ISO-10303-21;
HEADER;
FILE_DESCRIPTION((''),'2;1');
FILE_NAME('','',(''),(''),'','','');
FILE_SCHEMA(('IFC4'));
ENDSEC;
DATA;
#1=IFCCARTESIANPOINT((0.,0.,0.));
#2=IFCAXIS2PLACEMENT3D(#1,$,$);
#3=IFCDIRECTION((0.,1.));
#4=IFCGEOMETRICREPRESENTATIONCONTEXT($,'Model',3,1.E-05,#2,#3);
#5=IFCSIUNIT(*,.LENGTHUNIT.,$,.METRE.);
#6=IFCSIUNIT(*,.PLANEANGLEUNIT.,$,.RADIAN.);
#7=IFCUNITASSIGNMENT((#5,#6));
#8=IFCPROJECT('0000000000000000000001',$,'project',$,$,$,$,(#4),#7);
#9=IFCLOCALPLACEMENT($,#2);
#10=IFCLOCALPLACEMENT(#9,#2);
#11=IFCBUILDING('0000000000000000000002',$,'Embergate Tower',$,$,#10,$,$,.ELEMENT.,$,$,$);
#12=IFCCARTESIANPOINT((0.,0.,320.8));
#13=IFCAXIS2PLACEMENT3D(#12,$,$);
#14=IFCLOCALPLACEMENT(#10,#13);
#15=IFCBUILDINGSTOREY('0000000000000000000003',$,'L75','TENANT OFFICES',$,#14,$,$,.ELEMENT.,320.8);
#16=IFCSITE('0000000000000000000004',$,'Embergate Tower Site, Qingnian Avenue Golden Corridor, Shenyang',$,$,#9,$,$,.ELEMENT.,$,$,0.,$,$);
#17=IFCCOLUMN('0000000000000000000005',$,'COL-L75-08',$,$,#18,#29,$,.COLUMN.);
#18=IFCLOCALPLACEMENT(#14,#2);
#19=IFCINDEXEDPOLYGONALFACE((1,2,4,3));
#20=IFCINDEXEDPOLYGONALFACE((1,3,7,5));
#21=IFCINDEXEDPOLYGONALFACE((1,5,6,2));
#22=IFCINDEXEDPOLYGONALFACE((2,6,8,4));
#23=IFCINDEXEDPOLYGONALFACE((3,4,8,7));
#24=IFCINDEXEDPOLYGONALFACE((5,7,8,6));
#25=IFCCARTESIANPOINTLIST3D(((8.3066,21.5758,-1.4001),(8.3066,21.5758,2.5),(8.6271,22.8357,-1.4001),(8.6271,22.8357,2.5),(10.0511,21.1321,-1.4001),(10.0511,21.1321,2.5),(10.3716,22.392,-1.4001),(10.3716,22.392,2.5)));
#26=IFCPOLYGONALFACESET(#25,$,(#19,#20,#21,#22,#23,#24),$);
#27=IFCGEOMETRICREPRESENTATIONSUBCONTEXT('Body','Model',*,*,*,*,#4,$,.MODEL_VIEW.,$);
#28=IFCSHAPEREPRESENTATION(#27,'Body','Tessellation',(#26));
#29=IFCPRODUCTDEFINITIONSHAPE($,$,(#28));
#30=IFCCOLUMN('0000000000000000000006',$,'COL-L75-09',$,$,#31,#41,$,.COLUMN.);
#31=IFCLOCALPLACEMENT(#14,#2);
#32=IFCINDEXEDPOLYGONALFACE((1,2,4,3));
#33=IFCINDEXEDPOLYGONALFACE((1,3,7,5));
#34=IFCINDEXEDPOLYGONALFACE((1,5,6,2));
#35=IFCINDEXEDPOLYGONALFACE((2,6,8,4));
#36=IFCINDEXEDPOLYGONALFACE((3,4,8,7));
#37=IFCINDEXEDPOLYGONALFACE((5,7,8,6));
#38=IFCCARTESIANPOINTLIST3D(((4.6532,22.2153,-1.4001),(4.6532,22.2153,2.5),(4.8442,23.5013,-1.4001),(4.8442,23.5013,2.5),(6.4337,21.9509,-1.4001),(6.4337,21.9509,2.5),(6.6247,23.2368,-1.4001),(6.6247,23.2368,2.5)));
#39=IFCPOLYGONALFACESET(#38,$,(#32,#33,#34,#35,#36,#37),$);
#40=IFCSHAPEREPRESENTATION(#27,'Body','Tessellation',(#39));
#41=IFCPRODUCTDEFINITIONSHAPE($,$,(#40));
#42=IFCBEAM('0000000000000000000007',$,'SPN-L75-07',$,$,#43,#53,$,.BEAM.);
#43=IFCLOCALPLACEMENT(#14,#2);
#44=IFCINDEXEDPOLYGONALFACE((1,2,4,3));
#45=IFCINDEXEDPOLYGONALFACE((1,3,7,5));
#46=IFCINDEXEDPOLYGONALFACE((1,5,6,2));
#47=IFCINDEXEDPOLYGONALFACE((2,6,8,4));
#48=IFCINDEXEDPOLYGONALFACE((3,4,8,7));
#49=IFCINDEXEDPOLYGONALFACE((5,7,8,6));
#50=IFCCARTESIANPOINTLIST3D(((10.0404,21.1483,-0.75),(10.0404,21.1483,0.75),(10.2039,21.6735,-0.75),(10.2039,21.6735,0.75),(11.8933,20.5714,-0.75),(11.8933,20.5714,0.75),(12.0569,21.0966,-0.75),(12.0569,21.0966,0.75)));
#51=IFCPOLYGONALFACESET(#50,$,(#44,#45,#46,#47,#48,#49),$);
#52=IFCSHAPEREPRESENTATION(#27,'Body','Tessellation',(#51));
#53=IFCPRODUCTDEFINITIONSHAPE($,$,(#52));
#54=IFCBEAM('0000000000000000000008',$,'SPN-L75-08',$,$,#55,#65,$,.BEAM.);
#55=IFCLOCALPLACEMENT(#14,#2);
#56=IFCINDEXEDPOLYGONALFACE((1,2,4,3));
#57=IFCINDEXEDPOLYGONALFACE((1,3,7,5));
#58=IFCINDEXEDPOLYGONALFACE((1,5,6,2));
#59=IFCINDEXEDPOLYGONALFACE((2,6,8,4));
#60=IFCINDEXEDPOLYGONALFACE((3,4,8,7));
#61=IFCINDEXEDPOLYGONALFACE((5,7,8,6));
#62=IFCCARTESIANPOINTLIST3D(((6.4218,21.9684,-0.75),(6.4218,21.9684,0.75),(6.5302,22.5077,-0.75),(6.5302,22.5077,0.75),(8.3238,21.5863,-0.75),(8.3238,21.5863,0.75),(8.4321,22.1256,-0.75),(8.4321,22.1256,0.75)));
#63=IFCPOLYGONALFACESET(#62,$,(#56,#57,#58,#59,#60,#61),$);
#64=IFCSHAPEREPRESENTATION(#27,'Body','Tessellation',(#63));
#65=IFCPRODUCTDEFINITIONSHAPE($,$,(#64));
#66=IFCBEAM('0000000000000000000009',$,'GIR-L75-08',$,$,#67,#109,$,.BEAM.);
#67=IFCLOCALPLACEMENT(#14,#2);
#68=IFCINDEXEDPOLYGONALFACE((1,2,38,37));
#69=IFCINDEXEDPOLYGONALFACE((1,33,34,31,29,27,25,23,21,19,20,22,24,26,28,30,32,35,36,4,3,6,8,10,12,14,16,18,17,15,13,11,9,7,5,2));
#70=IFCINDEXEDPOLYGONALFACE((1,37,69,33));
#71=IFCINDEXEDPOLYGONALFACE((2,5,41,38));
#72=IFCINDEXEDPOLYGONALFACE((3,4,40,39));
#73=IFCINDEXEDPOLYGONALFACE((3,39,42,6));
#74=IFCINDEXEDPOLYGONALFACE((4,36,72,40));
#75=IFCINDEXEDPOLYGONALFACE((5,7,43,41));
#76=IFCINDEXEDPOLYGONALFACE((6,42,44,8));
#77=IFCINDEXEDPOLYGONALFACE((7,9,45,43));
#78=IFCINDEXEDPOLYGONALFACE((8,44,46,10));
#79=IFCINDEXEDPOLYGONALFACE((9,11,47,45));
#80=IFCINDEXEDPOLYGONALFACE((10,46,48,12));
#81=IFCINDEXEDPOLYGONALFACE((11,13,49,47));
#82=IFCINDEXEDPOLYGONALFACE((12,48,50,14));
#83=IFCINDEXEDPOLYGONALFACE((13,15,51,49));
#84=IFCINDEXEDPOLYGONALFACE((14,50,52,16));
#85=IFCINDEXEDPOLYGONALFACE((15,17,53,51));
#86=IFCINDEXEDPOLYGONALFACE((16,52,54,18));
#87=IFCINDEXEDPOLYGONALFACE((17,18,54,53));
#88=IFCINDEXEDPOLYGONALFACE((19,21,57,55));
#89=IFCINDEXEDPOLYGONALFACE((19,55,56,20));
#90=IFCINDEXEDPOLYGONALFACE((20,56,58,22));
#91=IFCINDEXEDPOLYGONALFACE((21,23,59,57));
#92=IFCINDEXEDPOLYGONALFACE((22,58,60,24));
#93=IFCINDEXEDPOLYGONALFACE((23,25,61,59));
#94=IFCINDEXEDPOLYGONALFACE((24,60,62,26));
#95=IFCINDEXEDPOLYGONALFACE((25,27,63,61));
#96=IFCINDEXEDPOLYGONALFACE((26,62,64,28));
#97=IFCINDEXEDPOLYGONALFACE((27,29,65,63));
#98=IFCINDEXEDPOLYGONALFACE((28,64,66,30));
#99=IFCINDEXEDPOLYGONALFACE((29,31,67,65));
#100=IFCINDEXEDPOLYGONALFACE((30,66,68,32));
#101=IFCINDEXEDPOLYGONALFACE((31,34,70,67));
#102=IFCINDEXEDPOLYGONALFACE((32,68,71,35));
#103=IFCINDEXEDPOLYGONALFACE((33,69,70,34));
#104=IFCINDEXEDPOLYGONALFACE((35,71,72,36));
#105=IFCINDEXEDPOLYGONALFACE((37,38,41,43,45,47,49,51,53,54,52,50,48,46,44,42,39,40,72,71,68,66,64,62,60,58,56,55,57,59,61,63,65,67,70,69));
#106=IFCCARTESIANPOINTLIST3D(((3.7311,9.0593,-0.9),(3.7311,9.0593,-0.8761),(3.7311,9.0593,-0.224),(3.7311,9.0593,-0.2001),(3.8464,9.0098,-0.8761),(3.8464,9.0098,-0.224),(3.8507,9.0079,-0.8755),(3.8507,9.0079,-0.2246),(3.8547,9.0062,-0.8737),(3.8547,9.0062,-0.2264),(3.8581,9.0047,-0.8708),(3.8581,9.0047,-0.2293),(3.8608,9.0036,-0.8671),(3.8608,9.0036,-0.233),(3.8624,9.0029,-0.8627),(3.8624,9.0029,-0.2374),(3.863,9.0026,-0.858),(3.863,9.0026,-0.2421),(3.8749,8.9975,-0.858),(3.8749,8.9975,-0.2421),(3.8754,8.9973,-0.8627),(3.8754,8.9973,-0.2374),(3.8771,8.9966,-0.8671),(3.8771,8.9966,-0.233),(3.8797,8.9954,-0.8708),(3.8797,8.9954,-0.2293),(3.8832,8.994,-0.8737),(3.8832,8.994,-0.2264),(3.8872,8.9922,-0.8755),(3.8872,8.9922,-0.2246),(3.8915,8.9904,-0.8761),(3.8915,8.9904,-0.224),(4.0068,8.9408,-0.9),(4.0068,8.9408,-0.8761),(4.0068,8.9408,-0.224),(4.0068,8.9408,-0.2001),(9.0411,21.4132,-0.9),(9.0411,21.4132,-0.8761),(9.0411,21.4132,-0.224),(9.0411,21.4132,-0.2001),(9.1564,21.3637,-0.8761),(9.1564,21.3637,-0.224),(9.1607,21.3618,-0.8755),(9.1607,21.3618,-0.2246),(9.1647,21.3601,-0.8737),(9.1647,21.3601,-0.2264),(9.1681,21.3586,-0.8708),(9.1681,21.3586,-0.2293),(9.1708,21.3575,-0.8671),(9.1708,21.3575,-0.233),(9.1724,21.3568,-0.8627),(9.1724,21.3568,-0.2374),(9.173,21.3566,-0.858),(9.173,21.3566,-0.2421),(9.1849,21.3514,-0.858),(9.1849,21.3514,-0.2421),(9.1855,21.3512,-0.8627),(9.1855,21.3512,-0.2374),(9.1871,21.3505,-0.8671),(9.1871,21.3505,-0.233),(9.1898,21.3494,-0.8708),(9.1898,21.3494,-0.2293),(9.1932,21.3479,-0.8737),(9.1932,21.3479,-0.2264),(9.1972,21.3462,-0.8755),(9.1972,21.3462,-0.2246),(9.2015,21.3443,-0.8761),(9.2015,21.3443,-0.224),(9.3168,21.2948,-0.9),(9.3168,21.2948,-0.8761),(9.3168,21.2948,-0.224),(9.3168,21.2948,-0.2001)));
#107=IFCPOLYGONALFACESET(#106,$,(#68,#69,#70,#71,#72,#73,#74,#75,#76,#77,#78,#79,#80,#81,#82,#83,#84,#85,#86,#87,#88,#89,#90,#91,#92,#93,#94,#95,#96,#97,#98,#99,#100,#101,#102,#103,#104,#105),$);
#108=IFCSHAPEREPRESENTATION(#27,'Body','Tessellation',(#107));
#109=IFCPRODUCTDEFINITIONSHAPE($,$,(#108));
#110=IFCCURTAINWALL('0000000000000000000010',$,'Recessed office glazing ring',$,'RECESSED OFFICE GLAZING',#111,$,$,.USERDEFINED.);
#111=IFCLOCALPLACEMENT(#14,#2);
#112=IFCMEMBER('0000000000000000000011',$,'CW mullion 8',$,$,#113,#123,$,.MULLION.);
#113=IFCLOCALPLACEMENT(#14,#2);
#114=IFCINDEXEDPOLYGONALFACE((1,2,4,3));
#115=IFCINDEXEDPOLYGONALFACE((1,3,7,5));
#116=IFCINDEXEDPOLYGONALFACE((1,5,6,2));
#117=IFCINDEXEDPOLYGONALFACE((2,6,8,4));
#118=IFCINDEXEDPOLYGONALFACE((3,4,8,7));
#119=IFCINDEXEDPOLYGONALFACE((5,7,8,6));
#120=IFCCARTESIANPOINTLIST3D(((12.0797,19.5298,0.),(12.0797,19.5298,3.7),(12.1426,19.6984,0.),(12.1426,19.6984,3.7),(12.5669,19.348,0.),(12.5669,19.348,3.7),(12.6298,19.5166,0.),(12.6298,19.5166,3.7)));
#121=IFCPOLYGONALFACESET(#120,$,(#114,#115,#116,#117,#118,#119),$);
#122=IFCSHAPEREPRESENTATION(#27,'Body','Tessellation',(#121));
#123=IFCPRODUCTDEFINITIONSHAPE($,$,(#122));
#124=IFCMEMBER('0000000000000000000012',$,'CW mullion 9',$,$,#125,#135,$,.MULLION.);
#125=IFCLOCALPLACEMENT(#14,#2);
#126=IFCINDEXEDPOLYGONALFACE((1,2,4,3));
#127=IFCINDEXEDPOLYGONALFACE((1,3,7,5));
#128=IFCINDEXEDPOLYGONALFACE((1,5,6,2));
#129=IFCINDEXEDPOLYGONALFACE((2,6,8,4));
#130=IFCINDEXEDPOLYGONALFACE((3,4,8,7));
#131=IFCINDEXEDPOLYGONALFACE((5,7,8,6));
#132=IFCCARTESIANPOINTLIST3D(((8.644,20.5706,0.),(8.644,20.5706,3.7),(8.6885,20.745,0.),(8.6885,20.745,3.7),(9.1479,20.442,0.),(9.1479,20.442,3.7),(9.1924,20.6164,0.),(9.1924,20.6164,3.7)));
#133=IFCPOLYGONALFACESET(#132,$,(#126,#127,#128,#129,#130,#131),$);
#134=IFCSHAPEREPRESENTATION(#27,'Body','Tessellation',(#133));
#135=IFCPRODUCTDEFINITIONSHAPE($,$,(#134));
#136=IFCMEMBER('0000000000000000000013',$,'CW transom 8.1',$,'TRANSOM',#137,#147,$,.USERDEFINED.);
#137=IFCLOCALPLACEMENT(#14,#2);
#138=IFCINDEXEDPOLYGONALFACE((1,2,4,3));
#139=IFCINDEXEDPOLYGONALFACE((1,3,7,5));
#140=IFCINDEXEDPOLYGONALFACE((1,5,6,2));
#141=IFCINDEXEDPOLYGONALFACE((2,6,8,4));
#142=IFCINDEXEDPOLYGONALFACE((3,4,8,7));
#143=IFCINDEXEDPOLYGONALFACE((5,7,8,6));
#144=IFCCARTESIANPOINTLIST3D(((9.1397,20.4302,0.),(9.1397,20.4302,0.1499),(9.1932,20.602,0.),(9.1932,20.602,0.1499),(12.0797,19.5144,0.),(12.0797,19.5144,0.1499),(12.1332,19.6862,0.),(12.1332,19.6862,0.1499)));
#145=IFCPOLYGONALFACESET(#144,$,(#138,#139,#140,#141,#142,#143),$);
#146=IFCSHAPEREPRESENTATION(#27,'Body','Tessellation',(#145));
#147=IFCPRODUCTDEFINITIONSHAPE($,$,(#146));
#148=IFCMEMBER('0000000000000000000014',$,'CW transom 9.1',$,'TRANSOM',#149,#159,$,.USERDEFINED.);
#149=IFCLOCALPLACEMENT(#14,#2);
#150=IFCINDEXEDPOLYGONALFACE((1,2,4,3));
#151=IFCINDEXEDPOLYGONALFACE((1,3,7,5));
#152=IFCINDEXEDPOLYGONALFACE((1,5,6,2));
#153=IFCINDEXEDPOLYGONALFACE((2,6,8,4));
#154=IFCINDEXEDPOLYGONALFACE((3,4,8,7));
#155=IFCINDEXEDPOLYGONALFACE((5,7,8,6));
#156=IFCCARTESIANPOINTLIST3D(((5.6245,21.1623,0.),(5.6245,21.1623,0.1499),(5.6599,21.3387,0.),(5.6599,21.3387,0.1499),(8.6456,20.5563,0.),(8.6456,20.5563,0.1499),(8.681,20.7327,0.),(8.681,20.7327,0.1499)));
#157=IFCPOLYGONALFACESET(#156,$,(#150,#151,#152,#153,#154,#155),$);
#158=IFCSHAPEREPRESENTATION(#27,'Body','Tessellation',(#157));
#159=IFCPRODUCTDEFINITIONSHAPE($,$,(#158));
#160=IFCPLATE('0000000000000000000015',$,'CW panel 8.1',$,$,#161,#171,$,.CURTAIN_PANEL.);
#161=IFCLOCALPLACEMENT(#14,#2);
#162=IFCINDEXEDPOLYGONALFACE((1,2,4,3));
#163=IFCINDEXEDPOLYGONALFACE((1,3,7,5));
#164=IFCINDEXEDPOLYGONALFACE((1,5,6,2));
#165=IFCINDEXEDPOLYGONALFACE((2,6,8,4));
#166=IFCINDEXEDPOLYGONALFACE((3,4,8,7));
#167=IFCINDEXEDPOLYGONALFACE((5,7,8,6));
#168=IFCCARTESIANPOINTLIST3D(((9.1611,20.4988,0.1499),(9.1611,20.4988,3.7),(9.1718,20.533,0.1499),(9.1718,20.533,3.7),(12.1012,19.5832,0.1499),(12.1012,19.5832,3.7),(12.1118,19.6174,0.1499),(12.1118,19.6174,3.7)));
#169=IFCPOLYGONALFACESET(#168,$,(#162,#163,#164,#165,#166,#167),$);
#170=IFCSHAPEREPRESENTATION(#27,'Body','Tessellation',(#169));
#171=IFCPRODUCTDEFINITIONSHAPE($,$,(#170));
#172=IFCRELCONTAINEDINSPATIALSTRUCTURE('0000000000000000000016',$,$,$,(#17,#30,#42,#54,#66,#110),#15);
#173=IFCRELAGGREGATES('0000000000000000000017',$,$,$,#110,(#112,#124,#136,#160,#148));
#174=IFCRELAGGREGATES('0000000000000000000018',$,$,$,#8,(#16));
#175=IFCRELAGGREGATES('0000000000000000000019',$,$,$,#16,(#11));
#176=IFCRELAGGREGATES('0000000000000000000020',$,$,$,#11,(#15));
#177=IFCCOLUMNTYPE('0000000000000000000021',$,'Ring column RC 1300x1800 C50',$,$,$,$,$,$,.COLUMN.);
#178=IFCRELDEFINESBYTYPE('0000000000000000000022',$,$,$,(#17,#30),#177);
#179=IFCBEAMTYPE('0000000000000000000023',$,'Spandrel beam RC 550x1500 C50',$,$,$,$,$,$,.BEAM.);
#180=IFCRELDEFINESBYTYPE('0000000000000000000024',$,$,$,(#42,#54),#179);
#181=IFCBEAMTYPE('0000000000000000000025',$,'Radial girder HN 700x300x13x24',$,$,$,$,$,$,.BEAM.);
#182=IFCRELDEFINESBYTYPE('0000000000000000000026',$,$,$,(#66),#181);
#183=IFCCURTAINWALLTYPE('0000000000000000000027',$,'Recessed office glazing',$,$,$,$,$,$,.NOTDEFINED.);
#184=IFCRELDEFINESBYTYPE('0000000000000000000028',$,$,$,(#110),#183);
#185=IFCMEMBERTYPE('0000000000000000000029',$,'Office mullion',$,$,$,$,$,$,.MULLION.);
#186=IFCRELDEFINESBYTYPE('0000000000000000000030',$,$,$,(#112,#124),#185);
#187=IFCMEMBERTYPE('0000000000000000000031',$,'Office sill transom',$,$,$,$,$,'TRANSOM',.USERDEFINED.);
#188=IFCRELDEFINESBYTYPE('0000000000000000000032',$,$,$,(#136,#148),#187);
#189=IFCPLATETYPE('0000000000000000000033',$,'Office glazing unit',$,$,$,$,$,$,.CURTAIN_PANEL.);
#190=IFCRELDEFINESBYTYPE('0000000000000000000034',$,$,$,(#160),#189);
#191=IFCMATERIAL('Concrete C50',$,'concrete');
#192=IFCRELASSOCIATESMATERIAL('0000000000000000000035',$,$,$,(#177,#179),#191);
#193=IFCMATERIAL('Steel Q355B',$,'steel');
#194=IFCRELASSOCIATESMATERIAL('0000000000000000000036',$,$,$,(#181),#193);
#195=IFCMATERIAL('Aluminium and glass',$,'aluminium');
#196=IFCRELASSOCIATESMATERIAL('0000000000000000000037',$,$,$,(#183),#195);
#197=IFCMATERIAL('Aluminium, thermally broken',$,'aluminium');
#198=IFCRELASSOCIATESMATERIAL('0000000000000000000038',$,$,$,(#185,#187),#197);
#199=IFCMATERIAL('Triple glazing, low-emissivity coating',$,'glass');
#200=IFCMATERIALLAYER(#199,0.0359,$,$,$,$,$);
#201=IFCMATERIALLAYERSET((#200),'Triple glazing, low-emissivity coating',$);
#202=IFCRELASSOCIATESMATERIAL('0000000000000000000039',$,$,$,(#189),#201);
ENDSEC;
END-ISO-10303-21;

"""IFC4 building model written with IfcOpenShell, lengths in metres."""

from ifc_helpers import new_model, si_unit, direction, frame, origin, origin_2d, place, context, subcontext, project, spatial, rectangle, i_section, extrude, source, transform, mapped, material, layer, layer_set, material_profile, profile_set, type_object, element, aggregate, save


model = new_model("IFC4")

# Units and contexts
model_context = context("Model", 3, precision=1e-05, world=origin(), true_north=direction((0.0, 1.0)))
body_context = subcontext(model_context, "Body", "Model", "MODEL_VIEW")
ifc_project = project(units=[si_unit("LENGTHUNIT", "METRE"), si_unit("PLANEANGLEUNIT", "RADIAN")], contexts=[model_context])

# Site, building, storey
site_placement = place(None, origin())
site = spatial("IfcSite", under=ifc_project, at=site_placement, Name="Embergate Tower Site, Qingnian Avenue Golden Corridor, Shenyang", CompositionType="ELEMENT", RefElevation=0.0)
building_placement = place(site_placement, origin())
building = spatial("IfcBuilding", under=site, at=building_placement, Name="Embergate Tower", CompositionType="ELEMENT")
storey_placement = place(building_placement, frame((0.0, 0.0, 320.8)))
storey = spatial("IfcBuildingStorey", under=building, at=storey_placement, Name="L75", Description="TENANT OFFICES", CompositionType="ELEMENT", Elevation=320.8)

# Columns
ifc_material_1 = material(Name="Concrete C50", Category="concrete")
ifc_material_profile_1 = material_profile(ifc_material_1, rectangle(XDim=1.3, YDim=1.8, at=origin_2d()), Name="RC 1300x1800")
ifc_profile_set_1 = profile_set([ifc_material_profile_1], Name="Concrete C50")
column_type = type_object("IfcColumnType", Name="Ring column RC 1300x1800 C50", PredefinedType="COLUMN", material=ifc_profile_set_1)
shared_shape_1 = source(origin(), body_context, "Body", "SweptSolid", [
    extrude(rectangle(XDim=1.3, YDim=1.8, at=origin_2d()), origin(), (0.0, 0.0, 1.0), 3.9001),
])
for number, where, z_axis, x_axis, name in (
    (1, (9.3391, 21.9839, -1.4001), (0.0, 0.0, 1.0), (0.246509, 0.969141, 0.0), "COL-L75-08"),
    (2, (5.6389, 22.7261, -1.4001), (0.0, 0.0, 1.0), (0.146929, 0.989147, 0.0), "COL-L75-09"),
):
    element("IfcColumn", number, at=place(storey_placement, frame(where, z_axis=z_axis, x_axis=x_axis)), inside=storey, type_object=column_type, Name=name, PredefinedType="COLUMN", context=body_context, shape_type="MappedRepresentation", body=[
        mapped(shared_shape_1, transform((0.0, 0.0, 0.0))),
    ])

# Beams
ifc_material_profile_2 = material_profile(ifc_material_1, rectangle(XDim=0.55, YDim=1.5, at=origin_2d()), Name="RC 550x1500")
ifc_profile_set_2 = profile_set([ifc_material_profile_2], Name="Concrete C50")
beam_type_1 = type_object("IfcBeamType", Name="Spandrel beam RC 550x1500 C50", PredefinedType="BEAM", material=ifc_profile_set_2)
shared_shape_2 = source(origin(), body_context, "Body", "SweptSolid", [
    extrude(rectangle(XDim=0.55, YDim=1.5, at=origin_2d()), origin(), (0.0, 0.0, 1.0), 1.9407),
])
beam_1_placement = place(storey_placement, frame((11.9751, 20.834, 0.0), z_axis=(-0.954797, 0.297258, 0.0), x_axis=(-0.297258, -0.954797, 0.0)))
element("IfcBeam", 3, at=beam_1_placement, inside=storey, type_object=beam_type_1, Name="SPN-L75-07", PredefinedType="BEAM", context=body_context, shape_type="MappedRepresentation", body=[
    mapped(shared_shape_2, transform((0.0, 0.0, 0.0))),
])
shared_shape_3 = source(origin(), body_context, "Body", "SweptSolid", [
    extrude(rectangle(XDim=0.55, YDim=1.5, at=origin_2d()), origin(), (0.0, 0.0, 1.0), 1.9399),
])
beam_2_placement = place(storey_placement, frame((8.3779, 21.856, 0.0), z_axis=(-0.980411, 0.196963, 0.0), x_axis=(-0.196963, -0.980411, 0.0)))
element("IfcBeam", 4, at=beam_2_placement, inside=storey, type_object=beam_type_1, Name="SPN-L75-08", PredefinedType="BEAM", context=body_context, shape_type="MappedRepresentation", body=[
    mapped(shared_shape_3, transform((0.0, 0.0, 0.0))),
])
ifc_material_2 = material(Name="Steel Q355B", Category="steel")
ifc_material_profile_3 = material_profile(ifc_material_2, i_section(OverallWidth=0.3, OverallDepth=0.7, WebThickness=0.0129, FlangeThickness=0.0239, FilletRadius=0.0181, at=origin_2d()), Name="HN 700x300x13x24")
ifc_profile_set_3 = profile_set([ifc_material_profile_3], Name="Steel Q355 grade B")
beam_type_2 = type_object("IfcBeamType", Name="Radial girder HN 700x300x13x24", PredefinedType="BEAM", material=ifc_profile_set_3)
shared_shape_4 = source(origin(), body_context, "Body", "SweptSolid", [
    extrude(i_section(OverallWidth=0.3, OverallDepth=0.7, WebThickness=0.0129, FlangeThickness=0.0239, FilletRadius=0.0181, at=origin_2d()), origin(), (0.0, 0.0, 1.0), 13.4468),
])
beam_3_placement = place(storey_placement, frame((9.179, 21.354, -0.55), z_axis=(-0.394892, -0.918728, 0.0), x_axis=(0.918728, -0.394892, 0.0)))
element("IfcBeam", 5, at=beam_3_placement, inside=storey, type_object=beam_type_2, Name="GIR-L75-08", PredefinedType="BEAM", context=body_context, shape_type="MappedRepresentation", body=[
    mapped(shared_shape_4, transform((0.0, 0.0, 0.0))),
])

# Curtain wall, members, plate
ifc_material_3 = material(Name="Aluminium and glass", Category="aluminium")
curtain_wall_type = type_object("IfcCurtainWallType", Name="Recessed office glazing", PredefinedType="NOTDEFINED", material=ifc_material_3)
curtain_wall_placement = place(storey_placement, origin())
curtain_wall = element("IfcCurtainWall", 6, at=curtain_wall_placement, inside=storey, type_object=curtain_wall_type, Name="Recessed office glazing ring", ObjectType="RECESSED OFFICE GLAZING", PredefinedType="USERDEFINED")
ifc_material_4 = material(Name="Aluminium, thermally broken", Category="aluminium")
ifc_material_profile_4 = material_profile(ifc_material_4, rectangle(XDim=0.1799, YDim=0.52, at=origin_2d()), Name="AL 520x180")
ifc_profile_set_4 = profile_set([ifc_material_profile_4], Name="Aluminium, thermally broken")
member_type_1 = type_object("IfcMemberType", Name="Office mullion", PredefinedType="MULLION", material=ifc_profile_set_4)
shared_shape_5 = source(origin(), body_context, "Body", "SweptSolid", [
    extrude(rectangle(XDim=0.1799, YDim=0.52, at=origin_2d()), origin(), (0.0, 0.0, 1.0), 3.7),
])
member_1_placement = place(storey_placement, frame((12.3547, 19.5232, 0.0), z_axis=(0.0, 0.0, 1.0), x_axis=(-0.349501, -0.936936, 0.0)))
member_1 = element("IfcMember", 7, at=member_1_placement, type_object=member_type_1, Name="CW mullion 8", PredefinedType="MULLION", context=body_context, shape_type="MappedRepresentation", body=[
    mapped(shared_shape_5, transform((0.0, 0.0, 0.0))),
])
member_2_placement = place(storey_placement, frame((8.9182, 20.5935, 0.0), z_axis=(0.0, 0.0, 1.0), x_axis=(-0.247312, -0.968936, 0.0)))
member_2 = element("IfcMember", 8, at=member_2_placement, type_object=member_type_1, Name="CW mullion 9", PredefinedType="MULLION", context=body_context, shape_type="MappedRepresentation", body=[
    mapped(shared_shape_5, transform((0.0, 0.0, 0.0))),
])
ifc_material_profile_5 = material_profile(ifc_material_4, rectangle(XDim=0.1799, YDim=0.1499, at=origin_2d()), Name="AL 150x180")
ifc_profile_set_5 = profile_set([ifc_material_profile_5], Name="Aluminium, thermally broken")
member_type_2 = type_object("IfcMemberType", Name="Office sill transom", ElementType="TRANSOM", PredefinedType="USERDEFINED", material=ifc_profile_set_5)
shared_shape_6 = source(origin(), body_context, "Body", "SweptSolid", [
    extrude(rectangle(XDim=0.1799, YDim=0.1499, at=origin_2d()), origin(), (0.0, 0.0, 1.0), 3.0793),
])
member_3_placement = place(storey_placement, frame((12.1064, 19.6003, 0.075), z_axis=(-0.954753, 0.297399, 0.0), x_axis=(-0.297399, -0.954753, 0.0)))
member_3 = element("IfcMember", 9, at=member_3_placement, type_object=member_type_2, Name="CW transom 8.1", ObjectType="TRANSOM", PredefinedType="USERDEFINED", context=body_context, shape_type="MappedRepresentation", body=[
    mapped(shared_shape_6, transform((0.0, 0.0, 0.0))),
])
shared_shape_7 = source(origin(), body_context, "Body", "SweptSolid", [
    extrude(rectangle(XDim=0.1799, YDim=0.1499, at=origin_2d()), origin(), (0.0, 0.0, 1.0), 3.0813),
])
member_4_placement = place(storey_placement, frame((8.6633, 20.6445, 0.075), z_axis=(-0.980474, 0.196649, 0.0), x_axis=(-0.196649, -0.980474, 0.0)))
member_4 = element("IfcMember", 10, at=member_4_placement, type_object=member_type_2, Name="CW transom 9.1", ObjectType="TRANSOM", PredefinedType="USERDEFINED", context=body_context, shape_type="MappedRepresentation", body=[
    mapped(shared_shape_7, transform((0.0, 0.0, 0.0))),
])
ifc_material_5 = material(Name="Triple glazing, low-emissivity coating", Category="glass")
ifc_layer_1 = layer(ifc_material_5, 0.0359)
ifc_layer_set_1 = layer_set([ifc_layer_1], Name="Triple glazing, low-emissivity coating")
plate_type = type_object("IfcPlateType", Name="Office glazing unit", PredefinedType="CURTAIN_PANEL", material=ifc_layer_set_1)
shared_shape_8 = source(origin(), body_context, "Body", "SweptSolid", [
    extrude(rectangle(XDim=3.0793, YDim=0.0359, at=origin_2d()), origin(), (0.0, 0.0, 1.0), 3.55),
])
plate_1_placement = place(storey_placement, frame((10.6365, 20.0581, 0.1499), z_axis=(0.0, 0.0, 1.0), x_axis=(-0.954771, 0.297342, 0.0)))
plate_1 = element("IfcPlate", 11, at=plate_1_placement, type_object=plate_type, Name="CW panel 8.1", PredefinedType="CURTAIN_PANEL", context=body_context, shape_type="MappedRepresentation", body=[
    mapped(shared_shape_8, transform((0.0, 0.0, 0.0))),
])
aggregate(curtain_wall, [member_1, member_2, member_3, plate_1, member_4])

save(model, "model.ifc")
